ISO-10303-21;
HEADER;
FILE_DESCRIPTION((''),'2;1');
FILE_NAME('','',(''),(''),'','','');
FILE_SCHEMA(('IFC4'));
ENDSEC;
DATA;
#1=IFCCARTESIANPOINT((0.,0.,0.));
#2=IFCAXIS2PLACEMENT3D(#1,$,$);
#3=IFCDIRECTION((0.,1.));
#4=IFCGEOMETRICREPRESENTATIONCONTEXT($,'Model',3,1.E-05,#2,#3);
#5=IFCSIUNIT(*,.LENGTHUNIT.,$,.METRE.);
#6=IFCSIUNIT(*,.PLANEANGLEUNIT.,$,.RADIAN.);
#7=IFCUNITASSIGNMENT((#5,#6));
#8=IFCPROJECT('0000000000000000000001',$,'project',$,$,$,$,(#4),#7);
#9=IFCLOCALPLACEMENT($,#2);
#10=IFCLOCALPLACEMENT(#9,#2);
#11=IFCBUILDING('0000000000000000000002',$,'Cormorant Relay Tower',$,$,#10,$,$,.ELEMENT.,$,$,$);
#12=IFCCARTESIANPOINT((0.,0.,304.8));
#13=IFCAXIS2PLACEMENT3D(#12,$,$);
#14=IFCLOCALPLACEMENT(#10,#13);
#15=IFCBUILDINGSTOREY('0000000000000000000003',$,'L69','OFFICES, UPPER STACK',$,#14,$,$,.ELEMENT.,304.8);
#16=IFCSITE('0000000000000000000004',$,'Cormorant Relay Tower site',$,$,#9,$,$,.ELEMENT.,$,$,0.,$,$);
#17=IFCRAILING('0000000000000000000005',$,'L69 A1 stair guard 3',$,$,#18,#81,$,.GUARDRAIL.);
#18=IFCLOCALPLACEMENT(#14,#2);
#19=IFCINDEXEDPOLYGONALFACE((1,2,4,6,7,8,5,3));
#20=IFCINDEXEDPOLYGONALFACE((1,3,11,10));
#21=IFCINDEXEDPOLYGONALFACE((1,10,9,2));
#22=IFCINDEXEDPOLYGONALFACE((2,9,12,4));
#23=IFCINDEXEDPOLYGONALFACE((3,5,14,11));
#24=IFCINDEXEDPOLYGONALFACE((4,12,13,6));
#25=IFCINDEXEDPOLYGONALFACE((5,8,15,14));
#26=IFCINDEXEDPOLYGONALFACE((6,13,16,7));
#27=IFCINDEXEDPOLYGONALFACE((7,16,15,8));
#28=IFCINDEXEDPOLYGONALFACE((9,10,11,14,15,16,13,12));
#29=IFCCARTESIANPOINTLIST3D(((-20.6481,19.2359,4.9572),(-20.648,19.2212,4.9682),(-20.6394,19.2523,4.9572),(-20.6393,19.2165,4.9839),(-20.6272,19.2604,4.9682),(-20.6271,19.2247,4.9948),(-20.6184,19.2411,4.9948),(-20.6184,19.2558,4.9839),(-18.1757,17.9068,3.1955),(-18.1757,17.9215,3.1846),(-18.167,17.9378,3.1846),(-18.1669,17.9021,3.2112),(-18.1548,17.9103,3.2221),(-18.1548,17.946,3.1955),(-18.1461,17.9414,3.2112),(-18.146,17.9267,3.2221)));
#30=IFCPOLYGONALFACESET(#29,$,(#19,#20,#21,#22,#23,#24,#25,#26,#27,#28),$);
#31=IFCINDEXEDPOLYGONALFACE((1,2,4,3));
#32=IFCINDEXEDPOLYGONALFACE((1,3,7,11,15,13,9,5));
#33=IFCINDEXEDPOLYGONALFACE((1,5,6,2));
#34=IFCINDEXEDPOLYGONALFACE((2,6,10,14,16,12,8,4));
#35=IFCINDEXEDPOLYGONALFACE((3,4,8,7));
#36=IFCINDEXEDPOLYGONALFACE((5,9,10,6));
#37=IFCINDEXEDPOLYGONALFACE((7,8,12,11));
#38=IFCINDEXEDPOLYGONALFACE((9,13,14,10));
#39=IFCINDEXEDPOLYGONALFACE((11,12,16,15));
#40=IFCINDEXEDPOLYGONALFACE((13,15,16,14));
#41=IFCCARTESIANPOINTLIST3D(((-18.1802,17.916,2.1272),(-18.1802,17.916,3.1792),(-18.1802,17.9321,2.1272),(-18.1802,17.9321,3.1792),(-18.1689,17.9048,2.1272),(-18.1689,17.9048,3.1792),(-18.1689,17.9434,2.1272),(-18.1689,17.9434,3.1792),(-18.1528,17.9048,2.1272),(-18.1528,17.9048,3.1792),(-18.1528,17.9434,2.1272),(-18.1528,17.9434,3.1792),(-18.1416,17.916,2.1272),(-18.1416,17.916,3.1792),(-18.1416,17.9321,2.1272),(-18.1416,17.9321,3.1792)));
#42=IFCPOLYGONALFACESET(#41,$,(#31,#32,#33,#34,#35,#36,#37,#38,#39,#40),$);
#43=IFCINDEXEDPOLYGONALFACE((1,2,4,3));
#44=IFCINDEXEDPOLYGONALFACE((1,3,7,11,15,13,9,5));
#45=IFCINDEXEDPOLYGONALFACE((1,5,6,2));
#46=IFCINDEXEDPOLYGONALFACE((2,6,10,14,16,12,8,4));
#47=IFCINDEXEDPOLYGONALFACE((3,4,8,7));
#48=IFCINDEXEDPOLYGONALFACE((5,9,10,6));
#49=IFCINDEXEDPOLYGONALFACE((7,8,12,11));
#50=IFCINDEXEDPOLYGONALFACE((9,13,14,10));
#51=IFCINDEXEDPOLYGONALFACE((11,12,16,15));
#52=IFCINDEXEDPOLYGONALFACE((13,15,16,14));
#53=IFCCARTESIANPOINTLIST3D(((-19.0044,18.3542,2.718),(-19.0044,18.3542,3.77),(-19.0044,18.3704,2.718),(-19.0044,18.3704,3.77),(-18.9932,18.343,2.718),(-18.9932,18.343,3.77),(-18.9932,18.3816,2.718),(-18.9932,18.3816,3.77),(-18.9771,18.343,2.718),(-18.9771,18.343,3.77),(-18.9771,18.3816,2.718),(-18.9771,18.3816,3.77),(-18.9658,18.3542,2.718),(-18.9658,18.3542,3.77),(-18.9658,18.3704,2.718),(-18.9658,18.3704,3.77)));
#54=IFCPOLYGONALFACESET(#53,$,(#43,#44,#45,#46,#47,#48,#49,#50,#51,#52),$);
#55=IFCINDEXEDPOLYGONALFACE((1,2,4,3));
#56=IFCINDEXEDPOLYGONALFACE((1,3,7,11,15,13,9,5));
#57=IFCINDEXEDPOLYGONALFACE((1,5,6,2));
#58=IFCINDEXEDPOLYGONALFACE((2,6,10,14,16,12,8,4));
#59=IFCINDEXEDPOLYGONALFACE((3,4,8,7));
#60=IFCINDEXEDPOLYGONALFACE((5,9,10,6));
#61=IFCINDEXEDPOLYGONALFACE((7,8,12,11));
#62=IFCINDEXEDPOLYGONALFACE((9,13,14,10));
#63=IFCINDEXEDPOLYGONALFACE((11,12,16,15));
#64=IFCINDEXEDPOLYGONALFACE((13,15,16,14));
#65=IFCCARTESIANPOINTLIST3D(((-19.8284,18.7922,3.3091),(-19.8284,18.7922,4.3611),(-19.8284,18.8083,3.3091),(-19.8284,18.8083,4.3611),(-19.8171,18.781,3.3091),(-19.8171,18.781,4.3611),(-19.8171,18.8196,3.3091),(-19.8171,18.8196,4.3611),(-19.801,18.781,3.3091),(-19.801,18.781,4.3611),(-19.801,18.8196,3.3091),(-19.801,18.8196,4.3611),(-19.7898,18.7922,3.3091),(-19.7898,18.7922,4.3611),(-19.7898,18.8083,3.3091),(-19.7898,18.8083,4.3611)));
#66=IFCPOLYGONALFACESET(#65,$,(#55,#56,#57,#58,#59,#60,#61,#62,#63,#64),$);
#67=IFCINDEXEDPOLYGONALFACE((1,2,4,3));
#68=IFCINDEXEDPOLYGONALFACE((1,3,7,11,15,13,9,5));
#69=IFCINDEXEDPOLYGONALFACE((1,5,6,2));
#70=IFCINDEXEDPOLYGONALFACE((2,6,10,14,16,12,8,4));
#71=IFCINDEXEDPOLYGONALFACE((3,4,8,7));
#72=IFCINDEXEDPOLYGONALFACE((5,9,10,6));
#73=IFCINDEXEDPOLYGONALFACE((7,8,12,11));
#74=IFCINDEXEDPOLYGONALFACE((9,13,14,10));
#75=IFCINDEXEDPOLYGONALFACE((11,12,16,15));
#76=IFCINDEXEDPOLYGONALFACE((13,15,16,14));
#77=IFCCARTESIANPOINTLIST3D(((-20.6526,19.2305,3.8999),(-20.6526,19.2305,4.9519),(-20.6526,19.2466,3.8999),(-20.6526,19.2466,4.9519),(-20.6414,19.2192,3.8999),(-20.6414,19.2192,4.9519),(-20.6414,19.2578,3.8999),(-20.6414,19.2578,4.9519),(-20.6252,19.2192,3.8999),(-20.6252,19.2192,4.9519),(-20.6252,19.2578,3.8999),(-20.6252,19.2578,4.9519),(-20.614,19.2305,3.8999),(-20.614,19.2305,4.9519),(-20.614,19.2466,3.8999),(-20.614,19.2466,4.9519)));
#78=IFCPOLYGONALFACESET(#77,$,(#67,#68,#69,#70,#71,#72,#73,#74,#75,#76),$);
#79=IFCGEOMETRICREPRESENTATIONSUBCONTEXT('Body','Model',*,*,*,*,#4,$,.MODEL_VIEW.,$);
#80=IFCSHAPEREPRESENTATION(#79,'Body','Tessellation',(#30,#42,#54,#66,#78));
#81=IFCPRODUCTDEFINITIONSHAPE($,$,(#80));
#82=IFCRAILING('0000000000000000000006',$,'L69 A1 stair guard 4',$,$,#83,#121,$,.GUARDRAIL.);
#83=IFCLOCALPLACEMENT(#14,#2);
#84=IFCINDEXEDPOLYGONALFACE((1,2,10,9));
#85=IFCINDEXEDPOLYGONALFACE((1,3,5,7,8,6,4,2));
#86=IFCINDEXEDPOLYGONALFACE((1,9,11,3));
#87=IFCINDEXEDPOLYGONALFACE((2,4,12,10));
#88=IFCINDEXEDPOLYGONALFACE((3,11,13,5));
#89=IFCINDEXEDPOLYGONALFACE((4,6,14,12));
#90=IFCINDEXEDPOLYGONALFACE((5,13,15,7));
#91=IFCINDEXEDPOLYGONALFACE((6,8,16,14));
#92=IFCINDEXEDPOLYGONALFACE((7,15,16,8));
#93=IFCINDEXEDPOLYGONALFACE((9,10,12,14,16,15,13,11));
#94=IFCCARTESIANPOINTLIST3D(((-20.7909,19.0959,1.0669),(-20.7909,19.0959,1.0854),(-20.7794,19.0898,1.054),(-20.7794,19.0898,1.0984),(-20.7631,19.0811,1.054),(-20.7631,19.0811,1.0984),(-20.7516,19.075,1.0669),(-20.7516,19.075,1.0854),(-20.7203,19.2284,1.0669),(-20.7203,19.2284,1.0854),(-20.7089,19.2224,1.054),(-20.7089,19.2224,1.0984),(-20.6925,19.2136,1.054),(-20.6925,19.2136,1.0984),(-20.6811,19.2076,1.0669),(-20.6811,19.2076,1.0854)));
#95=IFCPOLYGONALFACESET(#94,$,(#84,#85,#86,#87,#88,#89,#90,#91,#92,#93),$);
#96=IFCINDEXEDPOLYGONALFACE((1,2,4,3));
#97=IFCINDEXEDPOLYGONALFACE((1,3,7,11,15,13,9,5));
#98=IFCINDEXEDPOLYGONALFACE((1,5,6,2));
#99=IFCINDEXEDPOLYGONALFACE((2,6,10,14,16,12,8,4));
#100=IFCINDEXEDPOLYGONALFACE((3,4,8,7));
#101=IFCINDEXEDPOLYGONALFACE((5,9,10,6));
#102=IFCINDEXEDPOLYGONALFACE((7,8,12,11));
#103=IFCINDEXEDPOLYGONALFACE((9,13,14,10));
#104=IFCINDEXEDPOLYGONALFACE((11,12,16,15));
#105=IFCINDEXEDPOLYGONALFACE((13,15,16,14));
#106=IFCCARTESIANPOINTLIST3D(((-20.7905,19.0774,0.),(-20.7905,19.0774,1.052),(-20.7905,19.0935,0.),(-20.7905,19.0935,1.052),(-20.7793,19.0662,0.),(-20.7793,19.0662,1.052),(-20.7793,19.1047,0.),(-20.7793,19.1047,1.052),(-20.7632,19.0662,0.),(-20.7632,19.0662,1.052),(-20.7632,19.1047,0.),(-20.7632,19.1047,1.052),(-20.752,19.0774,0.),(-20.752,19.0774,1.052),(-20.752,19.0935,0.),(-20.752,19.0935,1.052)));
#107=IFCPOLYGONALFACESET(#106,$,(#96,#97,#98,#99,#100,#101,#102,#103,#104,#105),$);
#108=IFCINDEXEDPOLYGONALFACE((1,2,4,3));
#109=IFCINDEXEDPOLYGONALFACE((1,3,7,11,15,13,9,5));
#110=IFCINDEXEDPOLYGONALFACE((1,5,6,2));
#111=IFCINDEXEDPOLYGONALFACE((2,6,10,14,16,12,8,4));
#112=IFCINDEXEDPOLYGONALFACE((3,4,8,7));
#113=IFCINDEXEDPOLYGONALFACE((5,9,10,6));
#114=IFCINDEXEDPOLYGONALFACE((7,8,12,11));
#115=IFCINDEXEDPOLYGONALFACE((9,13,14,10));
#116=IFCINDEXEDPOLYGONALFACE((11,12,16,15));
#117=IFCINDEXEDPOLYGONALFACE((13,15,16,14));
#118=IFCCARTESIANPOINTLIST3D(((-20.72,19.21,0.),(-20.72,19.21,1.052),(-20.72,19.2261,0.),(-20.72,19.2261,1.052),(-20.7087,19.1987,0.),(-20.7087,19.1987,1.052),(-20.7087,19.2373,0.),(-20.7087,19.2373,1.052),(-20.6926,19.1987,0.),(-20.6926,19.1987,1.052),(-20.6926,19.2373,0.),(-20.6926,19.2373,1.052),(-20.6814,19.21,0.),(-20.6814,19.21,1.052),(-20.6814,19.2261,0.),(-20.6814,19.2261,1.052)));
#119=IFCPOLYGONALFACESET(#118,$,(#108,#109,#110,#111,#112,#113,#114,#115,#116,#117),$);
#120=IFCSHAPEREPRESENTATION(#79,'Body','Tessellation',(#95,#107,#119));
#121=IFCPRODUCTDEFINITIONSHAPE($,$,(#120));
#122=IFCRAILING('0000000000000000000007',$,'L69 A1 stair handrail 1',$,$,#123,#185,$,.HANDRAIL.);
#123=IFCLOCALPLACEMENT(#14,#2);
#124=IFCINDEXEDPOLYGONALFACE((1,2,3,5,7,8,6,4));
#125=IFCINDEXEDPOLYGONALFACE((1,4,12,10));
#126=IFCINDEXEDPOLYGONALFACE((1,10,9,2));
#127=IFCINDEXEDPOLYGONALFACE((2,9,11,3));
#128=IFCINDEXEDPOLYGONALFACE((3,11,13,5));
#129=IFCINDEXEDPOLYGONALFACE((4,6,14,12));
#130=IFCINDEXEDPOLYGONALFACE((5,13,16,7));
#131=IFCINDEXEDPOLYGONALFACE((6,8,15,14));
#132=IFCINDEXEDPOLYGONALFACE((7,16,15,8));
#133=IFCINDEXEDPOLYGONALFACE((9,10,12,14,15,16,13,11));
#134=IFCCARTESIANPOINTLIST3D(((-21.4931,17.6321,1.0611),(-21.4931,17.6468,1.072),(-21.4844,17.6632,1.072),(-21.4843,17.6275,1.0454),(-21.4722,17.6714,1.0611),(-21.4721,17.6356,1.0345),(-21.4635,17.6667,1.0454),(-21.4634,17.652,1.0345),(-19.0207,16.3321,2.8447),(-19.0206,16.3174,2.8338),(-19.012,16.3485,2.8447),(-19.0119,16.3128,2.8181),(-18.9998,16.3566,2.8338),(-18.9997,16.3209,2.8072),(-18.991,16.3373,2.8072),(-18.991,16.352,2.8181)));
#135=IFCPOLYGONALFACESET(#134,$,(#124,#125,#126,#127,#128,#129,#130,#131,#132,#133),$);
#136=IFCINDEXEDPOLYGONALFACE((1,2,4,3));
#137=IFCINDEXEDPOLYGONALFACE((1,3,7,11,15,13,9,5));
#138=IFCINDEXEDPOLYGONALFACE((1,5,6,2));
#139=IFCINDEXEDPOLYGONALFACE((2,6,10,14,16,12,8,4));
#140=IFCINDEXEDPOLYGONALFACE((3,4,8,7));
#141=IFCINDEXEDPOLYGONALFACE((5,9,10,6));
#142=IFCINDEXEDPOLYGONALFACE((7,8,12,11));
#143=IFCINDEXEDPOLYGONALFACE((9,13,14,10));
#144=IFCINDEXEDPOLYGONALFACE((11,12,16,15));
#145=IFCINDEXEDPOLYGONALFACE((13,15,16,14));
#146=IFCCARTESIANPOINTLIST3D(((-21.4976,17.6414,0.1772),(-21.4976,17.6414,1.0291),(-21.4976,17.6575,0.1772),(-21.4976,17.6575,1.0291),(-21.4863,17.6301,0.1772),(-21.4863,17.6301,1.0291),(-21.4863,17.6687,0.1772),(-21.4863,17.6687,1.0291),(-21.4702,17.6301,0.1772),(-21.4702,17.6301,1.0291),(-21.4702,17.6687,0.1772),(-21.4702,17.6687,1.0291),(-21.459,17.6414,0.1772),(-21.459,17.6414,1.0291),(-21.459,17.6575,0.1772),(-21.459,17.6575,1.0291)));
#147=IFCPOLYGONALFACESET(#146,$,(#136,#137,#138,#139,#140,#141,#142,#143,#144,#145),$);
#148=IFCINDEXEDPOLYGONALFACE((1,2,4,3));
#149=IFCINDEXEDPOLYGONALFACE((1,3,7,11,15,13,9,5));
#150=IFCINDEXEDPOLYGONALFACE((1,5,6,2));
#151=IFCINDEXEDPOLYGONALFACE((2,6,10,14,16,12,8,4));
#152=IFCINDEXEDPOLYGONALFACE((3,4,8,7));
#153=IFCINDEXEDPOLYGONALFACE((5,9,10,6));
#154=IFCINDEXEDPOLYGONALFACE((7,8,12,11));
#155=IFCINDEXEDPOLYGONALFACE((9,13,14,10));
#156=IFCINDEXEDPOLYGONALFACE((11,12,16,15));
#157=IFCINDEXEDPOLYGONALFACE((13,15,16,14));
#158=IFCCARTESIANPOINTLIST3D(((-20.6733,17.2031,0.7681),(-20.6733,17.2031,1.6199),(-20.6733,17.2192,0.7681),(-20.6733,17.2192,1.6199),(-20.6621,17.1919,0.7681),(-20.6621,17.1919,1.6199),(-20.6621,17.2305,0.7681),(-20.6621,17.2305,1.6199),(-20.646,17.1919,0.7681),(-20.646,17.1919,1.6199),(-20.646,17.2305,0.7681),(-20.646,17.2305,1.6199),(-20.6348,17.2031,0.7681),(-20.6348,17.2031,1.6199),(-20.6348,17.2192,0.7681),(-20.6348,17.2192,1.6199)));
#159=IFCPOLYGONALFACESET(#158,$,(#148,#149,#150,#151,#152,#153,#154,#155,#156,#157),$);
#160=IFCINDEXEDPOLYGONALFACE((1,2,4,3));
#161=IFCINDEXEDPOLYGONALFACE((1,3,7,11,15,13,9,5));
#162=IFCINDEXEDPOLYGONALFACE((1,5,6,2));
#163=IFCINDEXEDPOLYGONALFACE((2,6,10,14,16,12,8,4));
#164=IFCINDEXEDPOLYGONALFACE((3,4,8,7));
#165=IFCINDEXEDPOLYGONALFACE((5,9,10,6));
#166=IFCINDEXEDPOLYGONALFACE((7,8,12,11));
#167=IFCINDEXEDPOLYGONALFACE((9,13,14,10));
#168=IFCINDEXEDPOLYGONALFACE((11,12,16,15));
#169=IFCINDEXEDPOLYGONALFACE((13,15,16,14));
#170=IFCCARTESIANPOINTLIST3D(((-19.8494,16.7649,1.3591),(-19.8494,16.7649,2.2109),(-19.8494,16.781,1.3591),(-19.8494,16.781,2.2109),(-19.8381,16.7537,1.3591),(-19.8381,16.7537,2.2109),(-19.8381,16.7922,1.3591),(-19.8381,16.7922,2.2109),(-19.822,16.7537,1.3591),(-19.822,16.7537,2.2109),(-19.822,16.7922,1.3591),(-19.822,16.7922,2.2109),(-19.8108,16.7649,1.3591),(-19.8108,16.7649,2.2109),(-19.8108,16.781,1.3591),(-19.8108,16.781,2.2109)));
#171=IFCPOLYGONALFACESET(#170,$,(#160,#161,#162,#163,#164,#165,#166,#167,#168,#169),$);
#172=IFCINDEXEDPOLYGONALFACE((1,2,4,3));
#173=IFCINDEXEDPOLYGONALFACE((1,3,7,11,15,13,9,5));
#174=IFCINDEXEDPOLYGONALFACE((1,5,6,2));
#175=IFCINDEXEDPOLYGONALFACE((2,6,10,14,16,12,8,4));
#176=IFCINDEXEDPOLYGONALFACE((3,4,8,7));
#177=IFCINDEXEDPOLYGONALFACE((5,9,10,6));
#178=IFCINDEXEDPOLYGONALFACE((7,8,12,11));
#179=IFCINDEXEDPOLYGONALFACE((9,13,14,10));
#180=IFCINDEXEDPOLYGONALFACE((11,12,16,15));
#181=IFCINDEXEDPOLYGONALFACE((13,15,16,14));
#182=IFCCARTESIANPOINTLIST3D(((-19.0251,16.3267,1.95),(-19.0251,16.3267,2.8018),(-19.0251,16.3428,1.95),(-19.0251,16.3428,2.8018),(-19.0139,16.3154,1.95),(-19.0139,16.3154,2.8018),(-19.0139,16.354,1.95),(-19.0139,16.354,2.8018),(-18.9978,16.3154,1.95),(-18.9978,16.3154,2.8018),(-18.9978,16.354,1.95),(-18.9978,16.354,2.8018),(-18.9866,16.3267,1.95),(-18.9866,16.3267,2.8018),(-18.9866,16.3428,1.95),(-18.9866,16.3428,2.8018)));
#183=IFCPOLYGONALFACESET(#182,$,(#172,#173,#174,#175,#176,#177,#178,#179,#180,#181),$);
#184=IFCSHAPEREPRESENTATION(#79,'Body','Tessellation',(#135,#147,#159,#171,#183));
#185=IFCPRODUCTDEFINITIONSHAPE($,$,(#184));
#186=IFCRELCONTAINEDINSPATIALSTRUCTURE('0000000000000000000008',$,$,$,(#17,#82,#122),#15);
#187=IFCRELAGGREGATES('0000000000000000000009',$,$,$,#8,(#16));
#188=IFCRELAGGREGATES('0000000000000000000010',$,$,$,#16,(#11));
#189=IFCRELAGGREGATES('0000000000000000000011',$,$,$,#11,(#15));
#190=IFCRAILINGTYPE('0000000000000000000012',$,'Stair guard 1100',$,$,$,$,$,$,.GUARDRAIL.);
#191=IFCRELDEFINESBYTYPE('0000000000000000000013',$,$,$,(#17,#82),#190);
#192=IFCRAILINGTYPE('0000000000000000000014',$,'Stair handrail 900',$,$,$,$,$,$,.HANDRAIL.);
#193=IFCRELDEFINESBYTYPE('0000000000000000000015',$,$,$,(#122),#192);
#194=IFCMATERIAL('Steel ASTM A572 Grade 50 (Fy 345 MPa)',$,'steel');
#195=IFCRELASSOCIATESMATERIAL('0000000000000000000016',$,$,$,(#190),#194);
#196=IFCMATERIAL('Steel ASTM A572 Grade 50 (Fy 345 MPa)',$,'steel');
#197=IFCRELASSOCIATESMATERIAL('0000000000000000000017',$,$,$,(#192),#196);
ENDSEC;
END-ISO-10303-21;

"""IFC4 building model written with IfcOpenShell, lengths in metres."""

from ifc_helpers import new_model, si_unit, direction, frame, origin, place, context, subcontext, project, spatial, polyline, outline, extrude, material, type_object, element, save


model = new_model("IFC4")

# Units and contexts
model_context = context("Model", 3, precision=1e-05, world=origin(), true_north=direction((0.0, 1.0)))
body_context = subcontext(model_context, "Body", "Model", "MODEL_VIEW")
ifc_project = project(units=[si_unit("LENGTHUNIT", "METRE"), si_unit("PLANEANGLEUNIT", "RADIAN")], contexts=[model_context])

# Site, building, storey
site_placement = place(None, origin())
site = spatial("IfcSite", under=ifc_project, at=site_placement, Name="Cormorant Relay Tower site", CompositionType="ELEMENT", RefElevation=0.0)
building_placement = place(site_placement, origin())
building = spatial("IfcBuilding", under=site, at=building_placement, Name="Cormorant Relay Tower", CompositionType="ELEMENT")
storey_placement = place(building_placement, frame((0.0, 0.0, 304.8)))
storey = spatial("IfcBuildingStorey", under=building, at=storey_placement, Name="L69", Description="OFFICES, UPPER STACK", CompositionType="ELEMENT", Elevation=304.8)

# Railings
ifc_material_1 = material(Name="Steel ASTM A572 Grade 50 (Fy 345 MPa)", Category="steel")
railing_type_1 = type_object("IfcRailingType", Name="Stair guard 1100", PredefinedType="GUARDRAIL", material=ifc_material_1)
railing_1_placement = place(storey_placement, frame((-18.1609, 17.9241, 2.1272)))
element("IfcRailing", 1, at=railing_1_placement, inside=storey, type_object=railing_type_1, Name="L69 A1 stair guard 3", PredefinedType="GUARDRAIL", context=body_context, shape_type="SweptSolid", body=[
    extrude(outline(polyline([(0.0222, 0.0093), (0.0093, 0.0222), (-0.0093, 0.0222), (-0.0222, 0.0093), (-0.0222, -0.0093), (-0.0093, -0.0222), (0.0093, -0.0222), (0.0222, -0.0093), (0.0222, 0.0093)])), frame((0.0, 0.0, 1.0762), z_axis=(-0.746034, 0.396627, 0.534902), x_axis=(-0.469429, -0.88297, 0.0)), (0.0, 0.0, 1.0), 3.314),
    extrude(outline(polyline([(0.0193, 0.0081), (0.0081, 0.0193), (-0.0081, 0.0193), (-0.0193, 0.0081), (-0.0193, -0.0081), (-0.0081, -0.0193), (0.0081, -0.0193), (0.0193, -0.0081), (0.0193, 0.0081)])), origin(), (0.0, 0.0, 1.0), 1.052),
    extrude(outline(polyline([(0.0193, 0.0081), (0.0081, 0.0193), (-0.0081, 0.0193), (-0.0193, 0.0081), (-0.0193, -0.0081), (-0.0081, -0.0193), (0.0081, -0.0193), (0.0193, -0.0081), (0.0193, 0.0081)])), frame((-0.8242, 0.4382, 0.5908)), (0.0, 0.0, 1.0), 1.052),
    extrude(outline(polyline([(0.0193, 0.0081), (0.0081, 0.0193), (-0.0081, 0.0193), (-0.0193, 0.0081), (-0.0193, -0.0081), (-0.0081, -0.0193), (0.0081, -0.0193), (0.0193, -0.0081), (0.0193, 0.0081)])), frame((-1.6482, 0.8762, 1.1819)), (0.0, 0.0, 1.0), 1.052),
    extrude(outline(polyline([(0.0193, 0.0081), (0.0081, 0.0193), (-0.0081, 0.0193), (-0.0193, 0.0081), (-0.0193, -0.0081), (-0.0081, -0.0193), (0.0081, -0.0193), (0.0193, -0.0081), (0.0193, 0.0081)])), frame((-2.4724, 1.3145, 1.7727)), (0.0, 0.0, 1.0), 1.052),
])
railing_2_placement = place(storey_placement, frame((-20.7712, 19.0854, 0.0)))
element("IfcRailing", 2, at=railing_2_placement, inside=storey, type_object=railing_type_1, Name="L69 A1 stair guard 4", PredefinedType="GUARDRAIL", context=body_context, shape_type="SweptSolid", body=[
    extrude(outline(polyline([(0.0222, 0.0093), (0.0093, 0.0222), (-0.0093, 0.0222), (-0.0222, 0.0093), (-0.0222, -0.0093), (-0.0093, -0.0222), (0.0093, -0.0222), (0.0222, -0.0093), (0.0222, 0.0093)])), frame((0.0, 0.0, 1.0762), z_axis=(0.469829, 0.882758, 0.0), x_axis=(-0.882758, 0.469829, 0.0)), (0.0, 0.0, 1.0), 0.1501),
    extrude(outline(polyline([(0.0193, 0.0081), (0.0081, 0.0193), (-0.0081, 0.0193), (-0.0193, 0.0081), (-0.0193, -0.0081), (-0.0081, -0.0193), (0.0081, -0.0193), (0.0193, -0.0081), (0.0193, 0.0081)])), origin(), (0.0, 0.0, 1.0), 1.052),
    extrude(outline(polyline([(0.0193, 0.0081), (0.0081, 0.0193), (-0.0081, 0.0193), (-0.0193, 0.0081), (-0.0193, -0.0081), (-0.0081, -0.0193), (0.0081, -0.0193), (0.0193, -0.0081), (0.0193, 0.0081)])), frame((0.0706, 0.1326, 0.0)), (0.0, 0.0, 1.0), 1.052),
])
ifc_material_2 = material(Name="Steel ASTM A572 Grade 50 (Fy 345 MPa)", Category="steel")
railing_type_2 = type_object("IfcRailingType", Name="Stair handrail 900", PredefinedType="HANDRAIL", material=ifc_material_2)
railing_3_placement = place(storey_placement, frame((-21.4783, 17.6494, 0.1772)))
element("IfcRailing", 3, at=railing_3_placement, inside=storey, type_object=railing_type_2, Name="L69 A1 stair handrail 1", PredefinedType="HANDRAIL", context=body_context, shape_type="SweptSolid", body=[
    extrude(outline(polyline([(0.0222, 0.0093), (0.0093, 0.0222), (-0.0093, 0.0222), (-0.0222, 0.0093), (-0.0222, -0.0093), (-0.0093, -0.0222), (0.0093, -0.0222), (0.0222, -0.0093), (0.0222, 0.0093)])), frame((0.0, 0.0, 0.876), z_axis=(0.746012, -0.39669, 0.534886), x_axis=(0.469497, 0.882934, 0.0)), (0.0, 0.0, 1.0), 3.3142),
    extrude(outline(polyline([(0.0193, 0.0081), (0.0081, 0.0193), (-0.0081, 0.0193), (-0.0193, 0.0081), (-0.0193, -0.0081), (-0.0081, -0.0193), (0.0081, -0.0193), (0.0193, -0.0081), (0.0193, 0.0081)])), origin(), (0.0, 0.0, 1.0), 0.8518),
    extrude(outline(polyline([(0.0193, 0.0081), (0.0081, 0.0193), (-0.0081, 0.0193), (-0.0193, 0.0081), (-0.0193, -0.0081), (-0.0081, -0.0193), (0.0081, -0.0193), (0.0193, -0.0081), (0.0193, 0.0081)])), frame((0.8242, -0.4382, 0.5908)), (0.0, 0.0, 1.0), 0.8518),
    extrude(outline(polyline([(0.0193, 0.0081), (0.0081, 0.0193), (-0.0081, 0.0193), (-0.0193, 0.0081), (-0.0193, -0.0081), (-0.0081, -0.0193), (0.0081, -0.0193), (0.0193, -0.0081), (0.0193, 0.0081)])), frame((1.6482, -0.8765, 1.1819)), (0.0, 0.0, 1.0), 0.8518),
    extrude(outline(polyline([(0.0193, 0.0081), (0.0081, 0.0193), (-0.0081, 0.0193), (-0.0193, 0.0081), (-0.0193, -0.0081), (-0.0081, -0.0193), (0.0081, -0.0193), (0.0193, -0.0081), (0.0193, 0.0081)])), frame((2.4724, -1.3147, 1.7727)), (0.0, 0.0, 1.0), 0.8518),
])

save(model, "model.ifc")
